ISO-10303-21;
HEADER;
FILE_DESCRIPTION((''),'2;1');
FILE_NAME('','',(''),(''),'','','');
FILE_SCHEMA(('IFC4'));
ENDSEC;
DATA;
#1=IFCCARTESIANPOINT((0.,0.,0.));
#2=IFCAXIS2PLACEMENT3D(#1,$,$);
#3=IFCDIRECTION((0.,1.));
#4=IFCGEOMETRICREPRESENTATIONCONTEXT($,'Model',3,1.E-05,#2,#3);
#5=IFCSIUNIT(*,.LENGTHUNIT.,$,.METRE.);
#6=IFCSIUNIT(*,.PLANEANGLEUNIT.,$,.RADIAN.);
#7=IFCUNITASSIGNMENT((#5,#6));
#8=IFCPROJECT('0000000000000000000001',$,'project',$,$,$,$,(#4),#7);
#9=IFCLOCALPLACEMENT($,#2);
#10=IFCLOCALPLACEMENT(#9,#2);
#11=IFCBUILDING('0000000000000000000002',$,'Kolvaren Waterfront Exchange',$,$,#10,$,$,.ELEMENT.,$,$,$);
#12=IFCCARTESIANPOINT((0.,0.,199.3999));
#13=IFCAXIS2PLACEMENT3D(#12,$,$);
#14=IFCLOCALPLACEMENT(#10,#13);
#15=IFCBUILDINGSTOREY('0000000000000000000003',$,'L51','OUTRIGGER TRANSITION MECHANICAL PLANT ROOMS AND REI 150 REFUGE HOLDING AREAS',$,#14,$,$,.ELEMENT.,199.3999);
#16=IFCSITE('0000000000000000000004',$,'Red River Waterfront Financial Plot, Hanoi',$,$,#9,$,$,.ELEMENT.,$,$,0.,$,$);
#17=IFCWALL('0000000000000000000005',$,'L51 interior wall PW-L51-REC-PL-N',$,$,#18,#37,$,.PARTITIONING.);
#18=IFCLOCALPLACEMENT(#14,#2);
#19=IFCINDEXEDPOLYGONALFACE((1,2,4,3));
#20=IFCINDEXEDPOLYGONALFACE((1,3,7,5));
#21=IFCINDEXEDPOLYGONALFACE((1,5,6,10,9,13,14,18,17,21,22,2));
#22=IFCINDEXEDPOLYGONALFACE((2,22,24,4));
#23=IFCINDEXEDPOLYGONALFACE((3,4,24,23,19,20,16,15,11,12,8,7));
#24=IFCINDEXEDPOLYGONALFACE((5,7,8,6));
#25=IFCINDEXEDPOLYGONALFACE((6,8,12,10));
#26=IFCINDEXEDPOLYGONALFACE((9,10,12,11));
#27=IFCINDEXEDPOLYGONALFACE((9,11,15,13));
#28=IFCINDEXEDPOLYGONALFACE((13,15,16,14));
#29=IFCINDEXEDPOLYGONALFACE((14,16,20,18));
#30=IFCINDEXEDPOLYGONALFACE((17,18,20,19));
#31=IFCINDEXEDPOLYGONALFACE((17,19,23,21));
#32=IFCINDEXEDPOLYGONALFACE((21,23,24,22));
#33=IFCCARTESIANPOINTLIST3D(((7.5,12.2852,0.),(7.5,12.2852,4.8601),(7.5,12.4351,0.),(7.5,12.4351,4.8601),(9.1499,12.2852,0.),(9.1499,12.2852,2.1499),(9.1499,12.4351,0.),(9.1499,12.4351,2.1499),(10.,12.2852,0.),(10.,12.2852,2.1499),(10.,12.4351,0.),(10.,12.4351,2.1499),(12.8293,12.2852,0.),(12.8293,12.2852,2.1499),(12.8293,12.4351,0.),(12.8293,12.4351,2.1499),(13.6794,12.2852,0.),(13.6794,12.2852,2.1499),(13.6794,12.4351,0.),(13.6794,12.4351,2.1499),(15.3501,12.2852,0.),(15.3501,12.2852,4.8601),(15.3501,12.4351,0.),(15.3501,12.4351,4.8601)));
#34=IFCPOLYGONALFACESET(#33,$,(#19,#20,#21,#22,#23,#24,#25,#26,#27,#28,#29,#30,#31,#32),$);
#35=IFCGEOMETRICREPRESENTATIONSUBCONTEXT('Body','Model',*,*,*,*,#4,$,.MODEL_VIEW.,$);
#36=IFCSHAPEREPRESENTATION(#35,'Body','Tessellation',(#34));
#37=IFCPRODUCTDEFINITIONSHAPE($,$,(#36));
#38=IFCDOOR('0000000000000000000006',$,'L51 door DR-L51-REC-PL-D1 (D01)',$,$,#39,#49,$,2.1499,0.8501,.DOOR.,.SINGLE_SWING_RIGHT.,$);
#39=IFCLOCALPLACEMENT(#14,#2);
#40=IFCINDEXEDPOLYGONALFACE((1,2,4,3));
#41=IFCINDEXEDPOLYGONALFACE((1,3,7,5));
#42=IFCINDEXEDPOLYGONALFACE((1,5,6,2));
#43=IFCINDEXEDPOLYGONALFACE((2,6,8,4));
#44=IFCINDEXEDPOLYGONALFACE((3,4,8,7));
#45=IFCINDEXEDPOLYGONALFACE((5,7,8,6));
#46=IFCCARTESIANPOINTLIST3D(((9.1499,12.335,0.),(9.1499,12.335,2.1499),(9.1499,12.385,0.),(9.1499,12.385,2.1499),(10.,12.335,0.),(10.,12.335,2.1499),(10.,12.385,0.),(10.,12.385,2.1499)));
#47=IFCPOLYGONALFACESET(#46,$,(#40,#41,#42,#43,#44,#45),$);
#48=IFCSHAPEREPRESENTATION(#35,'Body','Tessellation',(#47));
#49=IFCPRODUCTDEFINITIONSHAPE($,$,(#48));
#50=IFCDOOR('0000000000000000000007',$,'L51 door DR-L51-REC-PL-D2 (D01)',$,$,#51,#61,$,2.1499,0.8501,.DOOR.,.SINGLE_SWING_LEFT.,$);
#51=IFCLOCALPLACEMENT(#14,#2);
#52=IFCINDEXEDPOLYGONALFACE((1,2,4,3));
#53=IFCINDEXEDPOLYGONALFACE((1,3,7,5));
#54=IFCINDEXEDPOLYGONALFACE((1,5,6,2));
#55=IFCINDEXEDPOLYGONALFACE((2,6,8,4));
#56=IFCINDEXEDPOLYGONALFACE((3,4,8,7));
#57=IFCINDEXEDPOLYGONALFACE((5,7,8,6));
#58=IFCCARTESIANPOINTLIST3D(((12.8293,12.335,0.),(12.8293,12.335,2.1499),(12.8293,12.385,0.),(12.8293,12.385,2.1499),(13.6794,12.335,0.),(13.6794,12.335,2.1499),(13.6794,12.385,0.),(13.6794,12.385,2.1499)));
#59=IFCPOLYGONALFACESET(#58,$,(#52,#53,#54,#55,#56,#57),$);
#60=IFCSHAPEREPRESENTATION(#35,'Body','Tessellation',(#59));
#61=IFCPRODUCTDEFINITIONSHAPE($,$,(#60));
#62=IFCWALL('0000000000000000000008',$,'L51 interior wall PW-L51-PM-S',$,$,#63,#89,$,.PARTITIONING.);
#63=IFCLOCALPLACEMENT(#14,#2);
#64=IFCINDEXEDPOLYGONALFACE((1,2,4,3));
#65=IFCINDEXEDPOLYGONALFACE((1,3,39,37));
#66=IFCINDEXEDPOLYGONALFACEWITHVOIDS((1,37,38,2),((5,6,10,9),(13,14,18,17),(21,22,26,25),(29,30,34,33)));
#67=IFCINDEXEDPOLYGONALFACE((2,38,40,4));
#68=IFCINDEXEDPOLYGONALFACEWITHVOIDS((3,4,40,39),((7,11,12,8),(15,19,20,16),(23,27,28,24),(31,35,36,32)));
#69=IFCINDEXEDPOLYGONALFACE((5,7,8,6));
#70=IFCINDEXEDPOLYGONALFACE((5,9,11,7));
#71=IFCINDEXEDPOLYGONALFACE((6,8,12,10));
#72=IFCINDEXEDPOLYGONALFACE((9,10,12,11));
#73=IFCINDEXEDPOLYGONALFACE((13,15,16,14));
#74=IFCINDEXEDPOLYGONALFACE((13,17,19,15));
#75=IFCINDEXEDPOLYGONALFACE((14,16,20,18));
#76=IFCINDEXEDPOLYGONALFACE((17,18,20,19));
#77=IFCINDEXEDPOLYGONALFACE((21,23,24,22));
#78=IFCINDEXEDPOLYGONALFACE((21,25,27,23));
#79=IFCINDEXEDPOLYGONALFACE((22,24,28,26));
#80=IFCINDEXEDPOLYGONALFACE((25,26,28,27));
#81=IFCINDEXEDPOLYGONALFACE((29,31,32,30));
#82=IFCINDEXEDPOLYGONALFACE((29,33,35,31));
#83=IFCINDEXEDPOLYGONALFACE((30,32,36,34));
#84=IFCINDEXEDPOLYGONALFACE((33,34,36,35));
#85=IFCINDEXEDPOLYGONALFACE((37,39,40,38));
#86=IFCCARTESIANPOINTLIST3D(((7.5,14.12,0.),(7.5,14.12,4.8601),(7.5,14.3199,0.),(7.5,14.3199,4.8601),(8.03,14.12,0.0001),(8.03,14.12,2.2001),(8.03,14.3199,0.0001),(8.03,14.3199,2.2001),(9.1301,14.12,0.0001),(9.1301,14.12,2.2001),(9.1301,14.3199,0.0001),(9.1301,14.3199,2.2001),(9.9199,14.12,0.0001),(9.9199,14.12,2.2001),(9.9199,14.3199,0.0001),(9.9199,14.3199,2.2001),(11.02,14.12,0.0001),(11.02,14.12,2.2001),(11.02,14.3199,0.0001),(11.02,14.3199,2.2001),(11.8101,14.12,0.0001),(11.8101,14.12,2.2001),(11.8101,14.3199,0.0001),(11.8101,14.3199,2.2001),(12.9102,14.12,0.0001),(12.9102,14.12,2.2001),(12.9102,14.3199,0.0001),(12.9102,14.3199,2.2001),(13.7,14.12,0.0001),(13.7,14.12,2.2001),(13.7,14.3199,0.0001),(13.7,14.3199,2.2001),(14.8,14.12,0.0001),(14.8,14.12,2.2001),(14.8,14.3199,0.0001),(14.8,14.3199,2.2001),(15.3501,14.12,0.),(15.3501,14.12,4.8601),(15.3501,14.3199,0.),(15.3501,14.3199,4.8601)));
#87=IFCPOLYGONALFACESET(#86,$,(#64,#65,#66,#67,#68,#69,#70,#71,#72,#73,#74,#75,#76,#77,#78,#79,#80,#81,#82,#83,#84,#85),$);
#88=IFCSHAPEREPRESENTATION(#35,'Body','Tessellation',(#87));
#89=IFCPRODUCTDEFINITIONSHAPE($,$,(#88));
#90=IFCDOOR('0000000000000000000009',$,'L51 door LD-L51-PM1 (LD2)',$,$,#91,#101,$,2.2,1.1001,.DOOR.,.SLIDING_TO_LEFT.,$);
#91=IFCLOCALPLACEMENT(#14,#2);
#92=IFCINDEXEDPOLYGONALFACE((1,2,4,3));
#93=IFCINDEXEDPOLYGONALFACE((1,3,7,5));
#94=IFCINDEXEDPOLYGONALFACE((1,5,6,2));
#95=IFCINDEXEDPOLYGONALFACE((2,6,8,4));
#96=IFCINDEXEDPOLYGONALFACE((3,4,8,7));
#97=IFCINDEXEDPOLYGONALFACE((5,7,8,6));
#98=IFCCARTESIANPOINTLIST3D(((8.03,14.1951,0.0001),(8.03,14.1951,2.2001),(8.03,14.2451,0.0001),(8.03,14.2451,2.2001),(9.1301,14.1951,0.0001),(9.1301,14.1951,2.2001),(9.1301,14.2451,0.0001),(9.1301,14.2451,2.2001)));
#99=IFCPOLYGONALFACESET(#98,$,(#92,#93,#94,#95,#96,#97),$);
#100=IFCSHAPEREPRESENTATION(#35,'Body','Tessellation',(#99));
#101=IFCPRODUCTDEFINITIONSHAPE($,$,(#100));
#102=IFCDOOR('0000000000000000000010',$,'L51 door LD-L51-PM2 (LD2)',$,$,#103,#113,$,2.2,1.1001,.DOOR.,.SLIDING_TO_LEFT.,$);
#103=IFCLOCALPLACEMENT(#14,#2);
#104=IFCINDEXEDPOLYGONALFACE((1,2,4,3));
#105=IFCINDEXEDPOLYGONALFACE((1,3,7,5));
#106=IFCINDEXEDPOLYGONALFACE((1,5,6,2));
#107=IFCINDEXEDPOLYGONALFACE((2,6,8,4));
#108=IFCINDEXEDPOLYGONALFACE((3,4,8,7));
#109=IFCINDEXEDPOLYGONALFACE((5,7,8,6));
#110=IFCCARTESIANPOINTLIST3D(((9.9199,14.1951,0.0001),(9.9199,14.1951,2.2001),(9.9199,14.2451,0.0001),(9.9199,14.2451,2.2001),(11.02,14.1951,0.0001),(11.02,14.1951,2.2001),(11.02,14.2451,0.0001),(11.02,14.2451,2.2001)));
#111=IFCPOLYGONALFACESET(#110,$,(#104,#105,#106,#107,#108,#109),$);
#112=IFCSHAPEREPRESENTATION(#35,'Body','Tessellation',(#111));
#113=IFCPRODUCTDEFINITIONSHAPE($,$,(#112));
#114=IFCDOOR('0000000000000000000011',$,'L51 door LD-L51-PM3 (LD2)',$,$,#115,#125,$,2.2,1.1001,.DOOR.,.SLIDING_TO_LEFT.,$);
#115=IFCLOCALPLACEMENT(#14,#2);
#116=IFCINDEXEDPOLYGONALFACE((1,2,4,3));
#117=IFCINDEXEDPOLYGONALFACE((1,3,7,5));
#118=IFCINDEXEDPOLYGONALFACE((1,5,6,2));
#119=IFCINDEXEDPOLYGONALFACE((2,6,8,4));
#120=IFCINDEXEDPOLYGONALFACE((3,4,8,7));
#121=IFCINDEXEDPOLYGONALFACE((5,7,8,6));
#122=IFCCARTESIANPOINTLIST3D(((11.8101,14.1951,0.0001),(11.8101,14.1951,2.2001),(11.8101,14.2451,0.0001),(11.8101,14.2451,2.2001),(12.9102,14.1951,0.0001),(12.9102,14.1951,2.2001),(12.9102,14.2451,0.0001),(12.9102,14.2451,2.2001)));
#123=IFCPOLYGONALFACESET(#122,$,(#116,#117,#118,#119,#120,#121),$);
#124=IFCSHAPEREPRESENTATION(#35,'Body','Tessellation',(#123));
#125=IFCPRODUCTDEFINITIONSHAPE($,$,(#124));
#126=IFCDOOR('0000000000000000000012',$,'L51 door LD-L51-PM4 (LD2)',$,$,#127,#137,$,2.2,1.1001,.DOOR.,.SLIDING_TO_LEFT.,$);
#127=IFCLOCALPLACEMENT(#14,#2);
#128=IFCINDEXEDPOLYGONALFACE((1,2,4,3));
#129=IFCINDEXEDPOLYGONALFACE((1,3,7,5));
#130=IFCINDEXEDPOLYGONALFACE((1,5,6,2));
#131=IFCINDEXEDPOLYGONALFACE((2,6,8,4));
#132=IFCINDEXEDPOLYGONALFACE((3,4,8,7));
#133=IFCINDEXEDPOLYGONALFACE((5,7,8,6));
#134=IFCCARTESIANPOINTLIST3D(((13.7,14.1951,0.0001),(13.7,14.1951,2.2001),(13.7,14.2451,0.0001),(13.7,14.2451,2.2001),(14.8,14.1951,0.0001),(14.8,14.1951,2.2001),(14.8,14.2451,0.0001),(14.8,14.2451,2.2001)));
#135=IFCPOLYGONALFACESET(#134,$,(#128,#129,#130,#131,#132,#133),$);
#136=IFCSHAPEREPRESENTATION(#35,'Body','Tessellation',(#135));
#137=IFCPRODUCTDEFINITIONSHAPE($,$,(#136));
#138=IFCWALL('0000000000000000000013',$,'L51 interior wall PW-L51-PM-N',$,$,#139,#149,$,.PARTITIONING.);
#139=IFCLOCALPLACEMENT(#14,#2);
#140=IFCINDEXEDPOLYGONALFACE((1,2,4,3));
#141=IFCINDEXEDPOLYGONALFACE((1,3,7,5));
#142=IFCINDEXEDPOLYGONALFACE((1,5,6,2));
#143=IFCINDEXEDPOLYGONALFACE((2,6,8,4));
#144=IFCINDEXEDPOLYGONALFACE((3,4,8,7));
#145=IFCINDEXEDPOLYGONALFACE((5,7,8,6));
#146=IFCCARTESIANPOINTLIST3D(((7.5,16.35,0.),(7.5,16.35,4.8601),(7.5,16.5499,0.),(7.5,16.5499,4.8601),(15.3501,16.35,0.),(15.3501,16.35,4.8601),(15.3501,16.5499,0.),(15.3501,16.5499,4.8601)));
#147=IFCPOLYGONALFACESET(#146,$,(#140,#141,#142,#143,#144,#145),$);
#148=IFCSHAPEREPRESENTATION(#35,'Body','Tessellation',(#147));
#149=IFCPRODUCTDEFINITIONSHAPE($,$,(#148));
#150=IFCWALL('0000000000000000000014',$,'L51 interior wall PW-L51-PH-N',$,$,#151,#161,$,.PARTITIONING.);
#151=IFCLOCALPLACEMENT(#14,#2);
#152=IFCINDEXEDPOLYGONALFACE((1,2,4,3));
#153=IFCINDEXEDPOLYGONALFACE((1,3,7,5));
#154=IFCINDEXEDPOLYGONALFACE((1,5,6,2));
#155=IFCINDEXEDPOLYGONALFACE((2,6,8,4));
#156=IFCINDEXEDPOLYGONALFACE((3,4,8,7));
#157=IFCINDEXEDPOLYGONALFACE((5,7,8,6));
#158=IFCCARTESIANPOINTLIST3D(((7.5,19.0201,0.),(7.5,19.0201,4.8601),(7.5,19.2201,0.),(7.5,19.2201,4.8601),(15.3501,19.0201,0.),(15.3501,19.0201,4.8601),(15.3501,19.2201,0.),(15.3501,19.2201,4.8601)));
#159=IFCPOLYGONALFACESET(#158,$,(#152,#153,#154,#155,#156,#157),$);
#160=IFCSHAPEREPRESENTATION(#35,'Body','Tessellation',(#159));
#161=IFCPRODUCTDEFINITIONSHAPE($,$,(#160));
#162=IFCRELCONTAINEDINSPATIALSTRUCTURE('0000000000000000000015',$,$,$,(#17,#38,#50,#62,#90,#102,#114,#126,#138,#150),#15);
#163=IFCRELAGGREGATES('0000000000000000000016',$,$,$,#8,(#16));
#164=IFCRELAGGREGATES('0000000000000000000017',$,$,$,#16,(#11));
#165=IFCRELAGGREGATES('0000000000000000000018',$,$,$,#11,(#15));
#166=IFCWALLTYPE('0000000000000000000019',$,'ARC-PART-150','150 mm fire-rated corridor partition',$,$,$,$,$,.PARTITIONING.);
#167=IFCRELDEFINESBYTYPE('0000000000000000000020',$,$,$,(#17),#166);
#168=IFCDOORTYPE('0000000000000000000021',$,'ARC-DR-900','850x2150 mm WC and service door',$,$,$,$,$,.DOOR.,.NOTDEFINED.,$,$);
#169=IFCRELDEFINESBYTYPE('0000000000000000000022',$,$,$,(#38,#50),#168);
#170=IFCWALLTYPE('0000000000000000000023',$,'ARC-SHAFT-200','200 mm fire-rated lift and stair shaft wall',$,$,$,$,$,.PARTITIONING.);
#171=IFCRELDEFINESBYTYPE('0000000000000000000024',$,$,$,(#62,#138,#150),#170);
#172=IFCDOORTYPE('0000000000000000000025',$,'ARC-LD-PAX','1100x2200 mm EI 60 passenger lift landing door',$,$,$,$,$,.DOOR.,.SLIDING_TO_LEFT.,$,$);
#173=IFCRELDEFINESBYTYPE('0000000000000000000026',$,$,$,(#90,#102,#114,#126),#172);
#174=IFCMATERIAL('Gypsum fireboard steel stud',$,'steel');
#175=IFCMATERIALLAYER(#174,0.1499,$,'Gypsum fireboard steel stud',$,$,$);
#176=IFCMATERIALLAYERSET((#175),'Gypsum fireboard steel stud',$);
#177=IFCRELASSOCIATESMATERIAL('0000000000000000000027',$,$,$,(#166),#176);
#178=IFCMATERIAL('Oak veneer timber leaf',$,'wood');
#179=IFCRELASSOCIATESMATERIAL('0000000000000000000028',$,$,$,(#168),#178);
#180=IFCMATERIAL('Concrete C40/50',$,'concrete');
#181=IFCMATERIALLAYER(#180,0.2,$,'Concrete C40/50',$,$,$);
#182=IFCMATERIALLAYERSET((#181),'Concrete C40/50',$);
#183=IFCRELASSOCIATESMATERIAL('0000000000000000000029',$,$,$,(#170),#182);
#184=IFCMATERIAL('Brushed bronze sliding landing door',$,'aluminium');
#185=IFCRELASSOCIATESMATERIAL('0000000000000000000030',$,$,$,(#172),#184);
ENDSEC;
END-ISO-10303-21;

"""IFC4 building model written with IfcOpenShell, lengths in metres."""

from ifc_helpers import new_model, si_unit, direction, frame, frame_2d, origin, place, context, subcontext, project, spatial, rectangle, extrude, material, layer, layer_set, type_object, element, fill, save


model = new_model("IFC4")

# Units and contexts
model_context = context("Model", 3, precision=1e-05, world=origin(), true_north=direction((0.0, 1.0)))
body_context = subcontext(model_context, "Body", "Model", "MODEL_VIEW")
ifc_project = project(units=[si_unit("LENGTHUNIT", "METRE"), si_unit("PLANEANGLEUNIT", "RADIAN")], contexts=[model_context])

# Site, building, storey
site_placement = place(None, origin())
site = spatial("IfcSite", under=ifc_project, at=site_placement, Name="Red River Waterfront Financial Plot, Hanoi", CompositionType="ELEMENT", RefElevation=0.0)
building_placement = place(site_placement, origin())
building = spatial("IfcBuilding", under=site, at=building_placement, Name="Kolvaren Waterfront Exchange", CompositionType="ELEMENT")
storey_placement = place(building_placement, frame((0.0, 0.0, 199.3999)))
storey = spatial("IfcBuildingStorey", under=building, at=storey_placement, Name="L51", Description="OUTRIGGER TRANSITION MECHANICAL PLANT ROOMS AND REI 150 REFUGE HOLDING AREAS", CompositionType="ELEMENT", Elevation=199.3999)

# Wall, openings, doors
ifc_material_1 = material(Name="Gypsum fireboard steel stud", Category="steel")
ifc_layer_1 = layer(ifc_material_1, 0.1499, Name="Gypsum fireboard steel stud")
ifc_layer_set_1 = layer_set([ifc_layer_1], Name="Gypsum fireboard steel stud")
wall_type_1 = type_object("IfcWallType", Name="ARC-PART-150", Description="150 mm fire-rated corridor partition", PredefinedType="PARTITIONING", material=ifc_layer_set_1)
wall_1_placement = place(storey_placement, frame((7.5, 12.3601, 0.0), z_axis=(0.0, 0.0, 1.0), x_axis=(1.0, 0.0, 0.0)))
wall_1 = element("IfcWall", 1, at=wall_1_placement, inside=storey, type_object=wall_type_1, Name="L51 interior wall PW-L51-REC-PL-N", PredefinedType="PARTITIONING", context=body_context, shape_type="SweptSolid", body=[
    extrude(rectangle(XDim=7.8501, YDim=0.1499, at=frame_2d((3.925, 0.0))), origin(), (0.0, 0.0, 1.0), 4.8601),
])
opening_1_placement = place(wall_1_placement, frame((1.6499, 0.0, 0.0)))
opening_1 = element("IfcOpeningElement", 2, at=opening_1_placement, cuts=wall_1, PredefinedType="OPENING", context=body_context, shape_type="SweptSolid", body=[
    extrude(rectangle(XDim=0.8501, YDim=2.1499, at=frame_2d((0.425, 1.075))), frame((0.0, 0.085, 0.0), z_axis=(0.0, -1.0, 0.0), x_axis=(1.0, 0.0, 0.0)), (0.0, 0.0, 1.0), 0.1699),
])
opening_2_placement = place(wall_1_placement, frame((5.3293, 0.0, 0.0)))
opening_2 = element("IfcOpeningElement", 3, at=opening_2_placement, cuts=wall_1, PredefinedType="OPENING", context=body_context, shape_type="SweptSolid", body=[
    extrude(rectangle(XDim=0.8501, YDim=2.1499, at=frame_2d((0.425, 1.075))), frame((0.0, 0.085, 0.0), z_axis=(0.0, -1.0, 0.0), x_axis=(1.0, 0.0, 0.0)), (0.0, 0.0, 1.0), 0.1699),
])
ifc_material_2 = material(Name="Oak veneer timber leaf", Category="wood")
door_type_1 = type_object("IfcDoorType", Name="ARC-DR-900", Description="850x2150 mm WC and service door", OperationType="NOTDEFINED", PredefinedType="DOOR", material=ifc_material_2)
door_1_placement = place(opening_1_placement, origin())
door_1 = element("IfcDoor", 4, at=door_1_placement, inside=storey, type_object=door_type_1, Name="L51 door DR-L51-REC-PL-D1 (D01)", OperationType="SINGLE_SWING_RIGHT", OverallHeight=2.1499, OverallWidth=0.8501, PredefinedType="DOOR", context=body_context, shape_type="SweptSolid", body=[
    extrude(rectangle(XDim=0.8501, YDim=2.1499, at=frame_2d((0.425, 1.075))), frame((0.0, 0.0249, 0.0), z_axis=(0.0, -1.0, 0.0), x_axis=(1.0, 0.0, 0.0)), (0.0, 0.0, 1.0), 0.05),
])
fill(opening_1, door_1)
door_2_placement = place(opening_2_placement, origin())
door_2 = element("IfcDoor", 5, at=door_2_placement, inside=storey, type_object=door_type_1, Name="L51 door DR-L51-REC-PL-D2 (D01)", OperationType="SINGLE_SWING_LEFT", OverallHeight=2.1499, OverallWidth=0.8501, PredefinedType="DOOR", context=body_context, shape_type="SweptSolid", body=[
    extrude(rectangle(XDim=0.8501, YDim=2.1499, at=frame_2d((0.425, 1.075))), frame((0.0, 0.0249, 0.0), z_axis=(0.0, -1.0, 0.0), x_axis=(1.0, 0.0, 0.0)), (0.0, 0.0, 1.0), 0.05),
])
fill(opening_2, door_2)

# Wall, openings, doors
ifc_material_3 = material(Name="Concrete C40/50", Category="concrete")
ifc_layer_2 = layer(ifc_material_3, 0.2, Name="Concrete C40/50")
ifc_layer_set_2 = layer_set([ifc_layer_2], Name="Concrete C40/50")
wall_type_2 = type_object("IfcWallType", Name="ARC-SHAFT-200", Description="200 mm fire-rated lift and stair shaft wall", PredefinedType="PARTITIONING", material=ifc_layer_set_2)
wall_2_placement = place(storey_placement, frame((7.5, 14.22, 0.0), z_axis=(0.0, 0.0, 1.0), x_axis=(1.0, 0.0, 0.0)))
wall_2 = element("IfcWall", 6, at=wall_2_placement, inside=storey, type_object=wall_type_2, Name="L51 interior wall PW-L51-PM-S", PredefinedType="PARTITIONING", context=body_context, shape_type="SweptSolid", body=[
    extrude(rectangle(XDim=7.8501, YDim=0.2, at=frame_2d((3.925, 0.0))), origin(), (0.0, 0.0, 1.0), 4.8601),
])
opening_3_placement = place(wall_2_placement, frame((0.53, 0.0, 0.0)))
opening_3 = element("IfcOpeningElement", 7, at=opening_3_placement, cuts=wall_2, PredefinedType="OPENING", context=body_context, shape_type="SweptSolid", body=[
    extrude(rectangle(XDim=1.1001, YDim=2.2, at=frame_2d((0.55, 1.1001))), frame((0.0, 0.1099, 0.0), z_axis=(0.0, -1.0, 0.0), x_axis=(1.0, 0.0, 0.0)), (0.0, 0.0, 1.0), 0.22),
])
opening_4_placement = place(wall_2_placement, frame((2.4199, 0.0, 0.0)))
opening_4 = element("IfcOpeningElement", 8, at=opening_4_placement, cuts=wall_2, PredefinedType="OPENING", context=body_context, shape_type="SweptSolid", body=[
    extrude(rectangle(XDim=1.1001, YDim=2.2, at=frame_2d((0.55, 1.1001))), frame((0.0, 0.1099, 0.0), z_axis=(0.0, -1.0, 0.0), x_axis=(1.0, 0.0, 0.0)), (0.0, 0.0, 1.0), 0.22),
])
opening_5_placement = place(wall_2_placement, frame((4.3101, 0.0, 0.0)))
opening_5 = element("IfcOpeningElement", 9, at=opening_5_placement, cuts=wall_2, PredefinedType="OPENING", context=body_context, shape_type="SweptSolid", body=[
    extrude(rectangle(XDim=1.1001, YDim=2.2, at=frame_2d((0.55, 1.1001))), frame((0.0, 0.1099, 0.0), z_axis=(0.0, -1.0, 0.0), x_axis=(1.0, 0.0, 0.0)), (0.0, 0.0, 1.0), 0.22),
])
opening_6_placement = place(wall_2_placement, frame((6.2, 0.0, 0.0)))
opening_6 = element("IfcOpeningElement", 10, at=opening_6_placement, cuts=wall_2, PredefinedType="OPENING", context=body_context, shape_type="SweptSolid", body=[
    extrude(rectangle(XDim=1.1001, YDim=2.2, at=frame_2d((0.55, 1.1001))), frame((0.0, 0.1099, 0.0), z_axis=(0.0, -1.0, 0.0), x_axis=(1.0, 0.0, 0.0)), (0.0, 0.0, 1.0), 0.22),
])
ifc_material_4 = material(Name="Brushed bronze sliding landing door", Category="aluminium")
door_type_2 = type_object("IfcDoorType", Name="ARC-LD-PAX", Description="1100x2200 mm EI 60 passenger lift landing door", OperationType="SLIDING_TO_LEFT", PredefinedType="DOOR", material=ifc_material_4)
door_3_placement = place(opening_3_placement, frame((1.1001, 0.0, 0.0), z_axis=(0.0, 0.0, 1.0), x_axis=(-1.0, 0.0, 0.0)))
door_3 = element("IfcDoor", 11, at=door_3_placement, inside=storey, type_object=door_type_2, Name="L51 door LD-L51-PM1 (LD2)", OperationType="SLIDING_TO_LEFT", OverallHeight=2.2, OverallWidth=1.1001, PredefinedType="DOOR", context=body_context, shape_type="SweptSolid", body=[
    extrude(rectangle(XDim=1.1001, YDim=2.2, at=frame_2d((0.55, 1.1001))), frame((0.0, 0.0249, 0.0), z_axis=(0.0, -1.0, 0.0), x_axis=(1.0, 0.0, 0.0)), (0.0, 0.0, 1.0), 0.05),
])
fill(opening_3, door_3)
door_4_placement = place(opening_4_placement, frame((1.1001, 0.0, 0.0), z_axis=(0.0, 0.0, 1.0), x_axis=(-1.0, 0.0, 0.0)))
door_4 = element("IfcDoor", 12, at=door_4_placement, inside=storey, type_object=door_type_2, Name="L51 door LD-L51-PM2 (LD2)", OperationType="SLIDING_TO_LEFT", OverallHeight=2.2, OverallWidth=1.1001, PredefinedType="DOOR", context=body_context, shape_type="SweptSolid", body=[
    extrude(rectangle(XDim=1.1001, YDim=2.2, at=frame_2d((0.55, 1.1001))), frame((0.0, 0.0249, 0.0), z_axis=(0.0, -1.0, 0.0), x_axis=(1.0, 0.0, 0.0)), (0.0, 0.0, 1.0), 0.05),
])
fill(opening_4, door_4)
door_5_placement = place(opening_5_placement, frame((1.1001, 0.0, 0.0), z_axis=(0.0, 0.0, 1.0), x_axis=(-1.0, 0.0, 0.0)))
door_5 = element("IfcDoor", 13, at=door_5_placement, inside=storey, type_object=door_type_2, Name="L51 door LD-L51-PM3 (LD2)", OperationType="SLIDING_TO_LEFT", OverallHeight=2.2, OverallWidth=1.1001, PredefinedType="DOOR", context=body_context, shape_type="SweptSolid", body=[
    extrude(rectangle(XDim=1.1001, YDim=2.2, at=frame_2d((0.55, 1.1001))), frame((0.0, 0.0249, 0.0), z_axis=(0.0, -1.0, 0.0), x_axis=(1.0, 0.0, 0.0)), (0.0, 0.0, 1.0), 0.05),
])
fill(opening_5, door_5)
door_6_placement = place(opening_6_placement, frame((1.1001, 0.0, 0.0), z_axis=(0.0, 0.0, 1.0), x_axis=(-1.0, 0.0, 0.0)))
door_6 = element("IfcDoor", 14, at=door_6_placement, inside=storey, type_object=door_type_2, Name="L51 door LD-L51-PM4 (LD2)", OperationType="SLIDING_TO_LEFT", OverallHeight=2.2, OverallWidth=1.1001, PredefinedType="DOOR", context=body_context, shape_type="SweptSolid", body=[
    extrude(rectangle(XDim=1.1001, YDim=2.2, at=frame_2d((0.55, 1.1001))), frame((0.0, 0.0249, 0.0), z_axis=(0.0, -1.0, 0.0), x_axis=(1.0, 0.0, 0.0)), (0.0, 0.0, 1.0), 0.05),
])
fill(opening_6, door_6)

# Walls
for number, where, z_axis, x_axis, name in (
    (15, (7.5, 16.45, 0.0), (0.0, 0.0, 1.0), (1.0, 0.0, 0.0), "L51 interior wall PW-L51-PM-N"),
    (16, (7.5, 19.1201, 0.0), (0.0, 0.0, 1.0), (1.0, 0.0, 0.0), "L51 interior wall PW-L51-PH-N"),
):
    element("IfcWall", number, at=place(storey_placement, frame(where, z_axis=z_axis, x_axis=x_axis)), inside=storey, type_object=wall_type_2, Name=name, PredefinedType="PARTITIONING", context=body_context, shape_type="SweptSolid", body=[
        extrude(rectangle(XDim=7.8501, YDim=0.2, at=frame_2d((3.925, 0.0))), origin(), (0.0, 0.0, 1.0), 4.8601),
    ])

save(model, "model.ifc")
